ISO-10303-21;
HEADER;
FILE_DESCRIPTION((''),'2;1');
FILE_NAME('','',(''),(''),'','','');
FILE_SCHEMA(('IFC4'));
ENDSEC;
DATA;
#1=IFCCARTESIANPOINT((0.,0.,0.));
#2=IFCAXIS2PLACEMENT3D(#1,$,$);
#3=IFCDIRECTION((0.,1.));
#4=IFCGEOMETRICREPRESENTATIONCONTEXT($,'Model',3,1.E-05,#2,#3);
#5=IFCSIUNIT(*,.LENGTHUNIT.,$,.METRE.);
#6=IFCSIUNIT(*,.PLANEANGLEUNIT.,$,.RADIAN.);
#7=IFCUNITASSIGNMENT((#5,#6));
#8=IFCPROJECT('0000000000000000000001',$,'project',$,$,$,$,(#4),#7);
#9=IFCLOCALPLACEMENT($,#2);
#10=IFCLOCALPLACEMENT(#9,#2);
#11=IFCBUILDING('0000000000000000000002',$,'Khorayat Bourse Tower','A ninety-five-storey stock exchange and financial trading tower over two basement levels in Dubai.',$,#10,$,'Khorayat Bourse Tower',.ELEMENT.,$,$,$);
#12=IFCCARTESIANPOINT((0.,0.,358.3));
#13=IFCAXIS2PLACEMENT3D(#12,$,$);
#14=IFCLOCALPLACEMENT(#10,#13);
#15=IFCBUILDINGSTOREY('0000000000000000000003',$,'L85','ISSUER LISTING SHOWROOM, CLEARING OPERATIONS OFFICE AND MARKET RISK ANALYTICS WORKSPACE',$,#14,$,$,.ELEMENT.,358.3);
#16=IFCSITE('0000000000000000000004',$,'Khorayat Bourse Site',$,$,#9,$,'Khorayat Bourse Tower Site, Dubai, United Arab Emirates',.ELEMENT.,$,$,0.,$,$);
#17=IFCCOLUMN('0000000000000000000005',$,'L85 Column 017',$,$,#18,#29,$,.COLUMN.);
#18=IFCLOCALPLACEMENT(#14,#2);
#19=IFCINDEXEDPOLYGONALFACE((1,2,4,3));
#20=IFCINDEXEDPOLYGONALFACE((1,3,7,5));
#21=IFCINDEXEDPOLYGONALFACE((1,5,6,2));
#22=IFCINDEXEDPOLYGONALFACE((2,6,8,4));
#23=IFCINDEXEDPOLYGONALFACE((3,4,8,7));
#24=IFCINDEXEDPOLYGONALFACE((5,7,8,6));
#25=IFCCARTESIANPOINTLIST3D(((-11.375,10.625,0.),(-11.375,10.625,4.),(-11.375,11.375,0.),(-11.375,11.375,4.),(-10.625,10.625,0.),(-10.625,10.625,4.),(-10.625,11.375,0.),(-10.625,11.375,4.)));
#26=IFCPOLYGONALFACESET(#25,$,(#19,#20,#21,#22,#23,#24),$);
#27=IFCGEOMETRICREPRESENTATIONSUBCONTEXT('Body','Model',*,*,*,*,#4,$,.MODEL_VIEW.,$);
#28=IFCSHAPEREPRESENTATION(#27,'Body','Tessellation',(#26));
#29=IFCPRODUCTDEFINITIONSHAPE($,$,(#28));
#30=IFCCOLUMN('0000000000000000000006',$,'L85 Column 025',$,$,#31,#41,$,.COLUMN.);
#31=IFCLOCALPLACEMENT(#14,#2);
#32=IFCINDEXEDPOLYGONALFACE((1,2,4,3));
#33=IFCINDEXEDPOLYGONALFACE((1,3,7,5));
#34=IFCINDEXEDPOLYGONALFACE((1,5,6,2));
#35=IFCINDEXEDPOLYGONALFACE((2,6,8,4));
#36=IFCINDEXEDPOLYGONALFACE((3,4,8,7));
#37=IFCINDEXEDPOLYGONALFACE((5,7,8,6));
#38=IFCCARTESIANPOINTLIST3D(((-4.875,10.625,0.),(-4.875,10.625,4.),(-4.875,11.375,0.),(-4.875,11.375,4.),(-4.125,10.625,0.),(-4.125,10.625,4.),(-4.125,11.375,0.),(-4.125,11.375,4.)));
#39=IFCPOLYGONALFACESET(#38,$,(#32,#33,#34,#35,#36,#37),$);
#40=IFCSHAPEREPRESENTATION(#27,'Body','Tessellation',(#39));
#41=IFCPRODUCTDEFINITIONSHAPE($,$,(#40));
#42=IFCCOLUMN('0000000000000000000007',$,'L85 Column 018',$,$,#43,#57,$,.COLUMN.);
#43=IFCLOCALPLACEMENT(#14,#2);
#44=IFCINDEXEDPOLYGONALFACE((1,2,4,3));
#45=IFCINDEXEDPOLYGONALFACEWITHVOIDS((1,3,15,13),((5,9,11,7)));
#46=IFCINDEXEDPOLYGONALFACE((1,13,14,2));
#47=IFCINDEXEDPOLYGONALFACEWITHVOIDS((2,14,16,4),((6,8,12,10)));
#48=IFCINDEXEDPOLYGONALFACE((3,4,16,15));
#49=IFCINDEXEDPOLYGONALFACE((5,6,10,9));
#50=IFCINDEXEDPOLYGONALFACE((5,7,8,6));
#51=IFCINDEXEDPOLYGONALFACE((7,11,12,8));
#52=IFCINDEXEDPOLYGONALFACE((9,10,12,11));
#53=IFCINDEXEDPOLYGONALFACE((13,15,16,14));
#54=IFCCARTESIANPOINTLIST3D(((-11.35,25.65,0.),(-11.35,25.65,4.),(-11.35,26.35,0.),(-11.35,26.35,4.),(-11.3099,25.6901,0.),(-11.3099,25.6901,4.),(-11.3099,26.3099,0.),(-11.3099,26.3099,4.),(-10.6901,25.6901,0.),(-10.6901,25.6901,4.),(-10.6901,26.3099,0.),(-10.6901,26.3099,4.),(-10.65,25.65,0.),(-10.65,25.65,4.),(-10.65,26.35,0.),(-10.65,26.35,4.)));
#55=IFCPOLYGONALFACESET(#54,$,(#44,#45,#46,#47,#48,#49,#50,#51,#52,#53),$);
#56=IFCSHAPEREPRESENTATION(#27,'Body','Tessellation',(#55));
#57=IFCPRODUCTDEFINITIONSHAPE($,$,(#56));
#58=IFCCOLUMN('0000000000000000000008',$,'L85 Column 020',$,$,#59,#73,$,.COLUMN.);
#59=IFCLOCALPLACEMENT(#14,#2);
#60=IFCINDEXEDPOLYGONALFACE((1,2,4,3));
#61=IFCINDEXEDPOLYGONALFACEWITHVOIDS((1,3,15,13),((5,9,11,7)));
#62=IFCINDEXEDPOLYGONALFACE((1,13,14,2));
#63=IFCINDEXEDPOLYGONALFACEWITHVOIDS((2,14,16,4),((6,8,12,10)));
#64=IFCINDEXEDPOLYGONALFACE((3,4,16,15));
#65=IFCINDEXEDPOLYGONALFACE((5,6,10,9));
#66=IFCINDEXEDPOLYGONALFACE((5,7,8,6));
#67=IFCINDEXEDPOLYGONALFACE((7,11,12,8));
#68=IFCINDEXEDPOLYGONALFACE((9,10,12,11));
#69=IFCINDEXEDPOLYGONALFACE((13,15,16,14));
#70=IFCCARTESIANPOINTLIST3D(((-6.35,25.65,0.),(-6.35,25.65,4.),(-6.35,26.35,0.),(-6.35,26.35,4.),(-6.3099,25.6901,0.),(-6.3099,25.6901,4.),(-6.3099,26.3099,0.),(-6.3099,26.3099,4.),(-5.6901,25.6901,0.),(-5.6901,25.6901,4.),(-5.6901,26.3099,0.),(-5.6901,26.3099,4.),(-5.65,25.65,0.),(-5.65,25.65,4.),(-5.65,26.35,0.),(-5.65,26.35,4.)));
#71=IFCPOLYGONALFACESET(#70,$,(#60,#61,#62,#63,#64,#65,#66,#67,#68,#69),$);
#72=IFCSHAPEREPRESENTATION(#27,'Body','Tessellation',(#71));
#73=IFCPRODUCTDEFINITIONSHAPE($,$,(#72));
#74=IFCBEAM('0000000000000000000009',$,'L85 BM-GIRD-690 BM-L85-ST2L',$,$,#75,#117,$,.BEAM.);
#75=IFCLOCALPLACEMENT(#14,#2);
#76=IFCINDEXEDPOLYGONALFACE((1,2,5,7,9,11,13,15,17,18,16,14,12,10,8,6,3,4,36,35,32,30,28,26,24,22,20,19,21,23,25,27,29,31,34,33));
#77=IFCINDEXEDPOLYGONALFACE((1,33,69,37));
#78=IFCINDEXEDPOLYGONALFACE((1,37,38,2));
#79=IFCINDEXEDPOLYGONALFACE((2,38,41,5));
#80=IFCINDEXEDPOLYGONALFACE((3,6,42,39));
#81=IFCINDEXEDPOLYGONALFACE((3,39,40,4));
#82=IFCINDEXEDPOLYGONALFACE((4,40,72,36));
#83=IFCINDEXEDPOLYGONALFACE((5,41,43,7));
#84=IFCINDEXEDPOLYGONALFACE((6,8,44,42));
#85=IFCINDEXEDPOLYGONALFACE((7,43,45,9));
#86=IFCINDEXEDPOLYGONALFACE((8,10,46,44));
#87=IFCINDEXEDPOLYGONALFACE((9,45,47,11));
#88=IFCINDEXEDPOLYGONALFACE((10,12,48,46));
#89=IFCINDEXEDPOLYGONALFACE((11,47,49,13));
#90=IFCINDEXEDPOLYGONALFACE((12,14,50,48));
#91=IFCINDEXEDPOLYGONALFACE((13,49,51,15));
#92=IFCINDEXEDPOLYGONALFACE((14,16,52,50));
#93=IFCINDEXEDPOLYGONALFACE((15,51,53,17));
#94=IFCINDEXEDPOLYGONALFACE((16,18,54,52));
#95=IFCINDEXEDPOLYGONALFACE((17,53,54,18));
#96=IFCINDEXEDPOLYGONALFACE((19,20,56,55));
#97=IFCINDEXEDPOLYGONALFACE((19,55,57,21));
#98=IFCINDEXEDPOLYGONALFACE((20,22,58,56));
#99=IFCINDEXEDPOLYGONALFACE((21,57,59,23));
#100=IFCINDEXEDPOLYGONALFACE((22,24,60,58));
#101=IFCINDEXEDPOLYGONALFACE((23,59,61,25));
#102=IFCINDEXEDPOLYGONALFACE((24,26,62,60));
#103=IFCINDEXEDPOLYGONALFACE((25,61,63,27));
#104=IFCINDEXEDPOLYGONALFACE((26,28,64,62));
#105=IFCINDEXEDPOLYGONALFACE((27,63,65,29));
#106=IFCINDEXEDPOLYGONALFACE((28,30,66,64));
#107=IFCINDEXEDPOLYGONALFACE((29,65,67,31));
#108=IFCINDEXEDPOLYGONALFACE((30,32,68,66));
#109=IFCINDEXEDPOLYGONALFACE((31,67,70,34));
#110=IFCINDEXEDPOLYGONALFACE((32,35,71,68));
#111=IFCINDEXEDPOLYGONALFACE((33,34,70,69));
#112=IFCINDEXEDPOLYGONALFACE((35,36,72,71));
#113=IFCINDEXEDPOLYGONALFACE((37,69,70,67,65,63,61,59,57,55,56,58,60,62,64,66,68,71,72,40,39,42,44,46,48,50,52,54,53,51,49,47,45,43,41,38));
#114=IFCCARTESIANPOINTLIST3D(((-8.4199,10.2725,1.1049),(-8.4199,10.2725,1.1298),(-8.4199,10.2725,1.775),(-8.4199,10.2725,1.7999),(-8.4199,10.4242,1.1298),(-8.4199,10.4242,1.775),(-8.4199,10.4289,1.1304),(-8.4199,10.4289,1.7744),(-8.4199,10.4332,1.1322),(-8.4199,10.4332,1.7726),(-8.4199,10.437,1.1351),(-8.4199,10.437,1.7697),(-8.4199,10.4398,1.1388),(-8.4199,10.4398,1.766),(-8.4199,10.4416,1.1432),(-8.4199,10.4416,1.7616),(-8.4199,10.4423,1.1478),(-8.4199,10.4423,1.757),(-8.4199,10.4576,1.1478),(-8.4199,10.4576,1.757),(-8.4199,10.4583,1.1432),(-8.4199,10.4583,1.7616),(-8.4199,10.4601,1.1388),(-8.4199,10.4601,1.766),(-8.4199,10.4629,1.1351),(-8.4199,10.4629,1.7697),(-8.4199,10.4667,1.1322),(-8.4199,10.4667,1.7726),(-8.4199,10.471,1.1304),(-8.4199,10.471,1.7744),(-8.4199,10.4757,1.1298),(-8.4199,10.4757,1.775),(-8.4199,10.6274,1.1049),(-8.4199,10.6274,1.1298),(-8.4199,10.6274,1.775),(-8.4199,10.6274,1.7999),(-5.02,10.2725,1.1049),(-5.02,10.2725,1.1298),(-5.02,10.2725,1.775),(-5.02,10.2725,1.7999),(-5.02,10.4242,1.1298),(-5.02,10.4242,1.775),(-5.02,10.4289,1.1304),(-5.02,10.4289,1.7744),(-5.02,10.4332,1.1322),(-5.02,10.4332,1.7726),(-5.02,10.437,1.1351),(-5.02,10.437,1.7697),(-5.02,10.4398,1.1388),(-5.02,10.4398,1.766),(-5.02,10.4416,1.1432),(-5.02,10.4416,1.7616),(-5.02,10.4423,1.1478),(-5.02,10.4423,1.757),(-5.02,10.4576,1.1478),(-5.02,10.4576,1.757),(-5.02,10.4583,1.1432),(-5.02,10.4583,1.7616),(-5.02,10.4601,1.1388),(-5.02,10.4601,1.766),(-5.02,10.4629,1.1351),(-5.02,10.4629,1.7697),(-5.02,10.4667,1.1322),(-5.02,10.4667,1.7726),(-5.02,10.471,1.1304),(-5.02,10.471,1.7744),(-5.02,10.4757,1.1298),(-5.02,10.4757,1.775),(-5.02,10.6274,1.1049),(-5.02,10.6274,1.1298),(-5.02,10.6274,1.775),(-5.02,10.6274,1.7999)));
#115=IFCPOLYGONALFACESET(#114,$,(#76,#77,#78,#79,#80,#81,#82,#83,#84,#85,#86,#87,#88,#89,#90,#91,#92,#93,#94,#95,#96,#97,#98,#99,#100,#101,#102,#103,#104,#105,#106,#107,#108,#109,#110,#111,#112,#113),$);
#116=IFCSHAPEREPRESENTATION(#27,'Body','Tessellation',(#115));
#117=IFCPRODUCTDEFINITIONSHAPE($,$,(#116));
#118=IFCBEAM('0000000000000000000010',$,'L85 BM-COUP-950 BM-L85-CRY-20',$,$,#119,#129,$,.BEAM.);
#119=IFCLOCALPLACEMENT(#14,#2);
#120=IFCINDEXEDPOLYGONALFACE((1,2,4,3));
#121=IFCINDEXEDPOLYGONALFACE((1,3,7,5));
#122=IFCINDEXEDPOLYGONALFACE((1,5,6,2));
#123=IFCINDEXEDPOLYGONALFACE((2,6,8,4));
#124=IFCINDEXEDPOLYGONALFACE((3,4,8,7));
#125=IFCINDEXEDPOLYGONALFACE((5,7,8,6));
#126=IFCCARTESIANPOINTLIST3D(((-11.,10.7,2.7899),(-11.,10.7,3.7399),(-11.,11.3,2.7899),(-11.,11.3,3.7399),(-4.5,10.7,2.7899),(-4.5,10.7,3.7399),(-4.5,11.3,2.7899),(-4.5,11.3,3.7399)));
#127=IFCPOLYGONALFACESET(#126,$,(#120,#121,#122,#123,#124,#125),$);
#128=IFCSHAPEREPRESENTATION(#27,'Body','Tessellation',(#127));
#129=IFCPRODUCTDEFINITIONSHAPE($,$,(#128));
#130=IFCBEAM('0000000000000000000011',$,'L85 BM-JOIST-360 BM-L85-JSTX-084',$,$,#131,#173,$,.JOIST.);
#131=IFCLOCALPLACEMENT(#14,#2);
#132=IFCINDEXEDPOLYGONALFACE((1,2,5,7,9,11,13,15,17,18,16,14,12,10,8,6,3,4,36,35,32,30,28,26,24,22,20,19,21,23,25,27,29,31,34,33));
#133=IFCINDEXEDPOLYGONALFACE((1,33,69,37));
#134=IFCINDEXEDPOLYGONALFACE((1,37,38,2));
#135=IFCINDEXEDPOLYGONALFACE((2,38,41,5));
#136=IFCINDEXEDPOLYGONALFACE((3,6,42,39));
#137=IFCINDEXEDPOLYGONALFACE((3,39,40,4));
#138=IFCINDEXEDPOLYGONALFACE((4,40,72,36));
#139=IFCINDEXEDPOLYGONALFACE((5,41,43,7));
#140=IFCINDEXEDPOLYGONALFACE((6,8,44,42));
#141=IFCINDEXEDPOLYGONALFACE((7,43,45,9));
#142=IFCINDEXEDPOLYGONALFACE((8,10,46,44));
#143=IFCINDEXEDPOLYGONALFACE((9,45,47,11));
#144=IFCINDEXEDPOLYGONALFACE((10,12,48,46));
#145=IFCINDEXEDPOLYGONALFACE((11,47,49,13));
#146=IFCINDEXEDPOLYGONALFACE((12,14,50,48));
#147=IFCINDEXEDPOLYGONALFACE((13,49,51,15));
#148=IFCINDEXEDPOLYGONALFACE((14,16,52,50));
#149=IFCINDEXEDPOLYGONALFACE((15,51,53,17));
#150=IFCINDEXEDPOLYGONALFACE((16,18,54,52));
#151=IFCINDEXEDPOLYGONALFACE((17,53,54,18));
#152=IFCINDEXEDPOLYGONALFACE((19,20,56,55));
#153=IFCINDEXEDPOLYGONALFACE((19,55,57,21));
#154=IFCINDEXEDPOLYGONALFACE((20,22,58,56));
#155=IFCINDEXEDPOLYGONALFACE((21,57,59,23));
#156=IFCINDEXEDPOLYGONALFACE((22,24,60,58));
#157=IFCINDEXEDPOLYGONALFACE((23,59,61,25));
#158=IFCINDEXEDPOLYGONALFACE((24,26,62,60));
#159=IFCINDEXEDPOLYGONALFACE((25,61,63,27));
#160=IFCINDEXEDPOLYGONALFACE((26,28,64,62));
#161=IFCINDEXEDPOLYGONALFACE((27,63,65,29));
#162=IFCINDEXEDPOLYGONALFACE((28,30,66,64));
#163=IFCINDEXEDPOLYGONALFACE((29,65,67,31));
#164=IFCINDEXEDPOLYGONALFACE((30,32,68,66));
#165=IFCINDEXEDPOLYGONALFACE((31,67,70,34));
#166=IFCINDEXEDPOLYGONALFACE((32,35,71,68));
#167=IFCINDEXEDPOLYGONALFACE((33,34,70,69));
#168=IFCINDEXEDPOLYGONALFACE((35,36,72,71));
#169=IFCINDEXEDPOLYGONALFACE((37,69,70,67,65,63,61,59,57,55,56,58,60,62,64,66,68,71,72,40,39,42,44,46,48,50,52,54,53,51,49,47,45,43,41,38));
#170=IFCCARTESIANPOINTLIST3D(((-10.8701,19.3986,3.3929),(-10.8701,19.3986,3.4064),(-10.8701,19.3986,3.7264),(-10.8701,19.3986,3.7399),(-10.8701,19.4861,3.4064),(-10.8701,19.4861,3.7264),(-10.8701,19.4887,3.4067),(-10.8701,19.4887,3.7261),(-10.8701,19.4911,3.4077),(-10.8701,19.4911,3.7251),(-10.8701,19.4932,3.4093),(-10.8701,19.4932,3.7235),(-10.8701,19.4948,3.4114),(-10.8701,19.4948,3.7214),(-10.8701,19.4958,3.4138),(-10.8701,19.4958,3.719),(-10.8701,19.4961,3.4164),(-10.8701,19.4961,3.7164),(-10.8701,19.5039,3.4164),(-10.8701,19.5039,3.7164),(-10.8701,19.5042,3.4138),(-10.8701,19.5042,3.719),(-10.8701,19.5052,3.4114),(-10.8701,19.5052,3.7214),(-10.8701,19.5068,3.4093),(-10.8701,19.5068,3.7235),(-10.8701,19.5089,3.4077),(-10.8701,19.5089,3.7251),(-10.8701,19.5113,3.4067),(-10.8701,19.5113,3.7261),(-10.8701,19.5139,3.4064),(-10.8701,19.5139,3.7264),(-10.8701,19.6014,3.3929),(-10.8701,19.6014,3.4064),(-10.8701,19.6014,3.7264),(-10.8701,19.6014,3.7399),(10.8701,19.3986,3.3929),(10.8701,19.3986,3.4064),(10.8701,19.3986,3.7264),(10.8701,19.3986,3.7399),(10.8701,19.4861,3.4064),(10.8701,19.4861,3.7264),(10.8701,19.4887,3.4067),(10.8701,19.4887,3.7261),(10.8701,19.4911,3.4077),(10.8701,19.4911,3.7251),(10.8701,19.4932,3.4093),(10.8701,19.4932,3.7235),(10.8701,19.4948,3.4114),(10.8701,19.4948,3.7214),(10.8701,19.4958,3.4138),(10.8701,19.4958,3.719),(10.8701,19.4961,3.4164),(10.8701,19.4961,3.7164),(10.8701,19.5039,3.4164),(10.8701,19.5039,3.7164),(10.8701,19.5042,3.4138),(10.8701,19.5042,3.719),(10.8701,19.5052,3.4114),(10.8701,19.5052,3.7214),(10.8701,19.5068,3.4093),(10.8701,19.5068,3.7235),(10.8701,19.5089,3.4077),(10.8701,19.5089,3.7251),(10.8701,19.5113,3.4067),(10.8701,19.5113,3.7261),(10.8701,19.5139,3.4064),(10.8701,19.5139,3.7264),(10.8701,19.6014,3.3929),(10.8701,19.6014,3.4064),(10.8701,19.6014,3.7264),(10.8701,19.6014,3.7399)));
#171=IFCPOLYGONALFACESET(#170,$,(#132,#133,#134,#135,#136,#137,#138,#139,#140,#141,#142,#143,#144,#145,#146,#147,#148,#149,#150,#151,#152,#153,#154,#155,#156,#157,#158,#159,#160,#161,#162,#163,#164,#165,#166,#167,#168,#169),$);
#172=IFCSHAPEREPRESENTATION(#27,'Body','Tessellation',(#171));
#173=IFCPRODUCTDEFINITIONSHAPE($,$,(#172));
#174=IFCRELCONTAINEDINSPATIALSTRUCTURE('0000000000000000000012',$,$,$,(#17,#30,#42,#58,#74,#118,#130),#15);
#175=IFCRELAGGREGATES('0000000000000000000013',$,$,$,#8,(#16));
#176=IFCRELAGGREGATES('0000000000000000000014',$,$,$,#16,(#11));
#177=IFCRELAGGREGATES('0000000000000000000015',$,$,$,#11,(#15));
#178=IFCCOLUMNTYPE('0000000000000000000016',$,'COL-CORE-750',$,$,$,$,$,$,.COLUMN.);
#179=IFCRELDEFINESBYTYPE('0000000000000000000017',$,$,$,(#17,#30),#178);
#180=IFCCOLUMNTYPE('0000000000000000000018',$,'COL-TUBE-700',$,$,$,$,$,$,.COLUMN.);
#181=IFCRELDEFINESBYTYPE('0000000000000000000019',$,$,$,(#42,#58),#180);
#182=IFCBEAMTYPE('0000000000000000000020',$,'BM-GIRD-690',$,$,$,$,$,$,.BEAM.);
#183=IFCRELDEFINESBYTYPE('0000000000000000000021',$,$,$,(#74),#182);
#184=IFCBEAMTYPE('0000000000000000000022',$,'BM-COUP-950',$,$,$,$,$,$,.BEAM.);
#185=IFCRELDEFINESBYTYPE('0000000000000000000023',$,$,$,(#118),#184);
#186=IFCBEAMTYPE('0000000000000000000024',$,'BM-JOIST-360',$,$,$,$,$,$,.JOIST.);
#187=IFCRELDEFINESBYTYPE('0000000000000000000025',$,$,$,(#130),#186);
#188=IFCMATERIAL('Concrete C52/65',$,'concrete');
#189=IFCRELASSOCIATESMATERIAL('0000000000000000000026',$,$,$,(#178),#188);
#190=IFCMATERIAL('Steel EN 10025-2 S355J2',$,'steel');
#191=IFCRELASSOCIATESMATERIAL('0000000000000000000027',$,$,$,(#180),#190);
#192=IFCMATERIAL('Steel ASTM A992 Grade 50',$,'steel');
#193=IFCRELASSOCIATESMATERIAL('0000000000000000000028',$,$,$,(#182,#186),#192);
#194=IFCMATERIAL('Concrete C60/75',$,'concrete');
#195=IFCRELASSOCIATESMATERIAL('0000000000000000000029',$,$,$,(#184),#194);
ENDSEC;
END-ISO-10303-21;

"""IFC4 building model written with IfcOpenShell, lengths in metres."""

from ifc_helpers import new_model, si_unit, direction, frame, origin, origin_2d, place, context, subcontext, project, spatial, rectangle, hollow_rectangle, i_section, extrude, source, transform, mapped, material, material_profile, profile_set, type_object, element, save


model = new_model("IFC4")

# Units and contexts
model_context = context("Model", 3, precision=1e-05, world=origin(), true_north=direction((0.0, 1.0)))
body_context = subcontext(model_context, "Body", "Model", "MODEL_VIEW")
ifc_project = project(units=[si_unit("LENGTHUNIT", "METRE"), si_unit("PLANEANGLEUNIT", "RADIAN")], contexts=[model_context])

# Site, building, storey
site_placement = place(None, origin())
site = spatial("IfcSite", under=ifc_project, at=site_placement, Name="Khorayat Bourse Site", LongName="Khorayat Bourse Tower Site, Dubai, United Arab Emirates", CompositionType="ELEMENT", RefElevation=0.0)
building_placement = place(site_placement, origin())
building = spatial("IfcBuilding", under=site, at=building_placement, Name="Khorayat Bourse Tower", Description="A ninety-five-storey stock exchange and financial trading tower over two basement levels in Dubai.", LongName="Khorayat Bourse Tower", CompositionType="ELEMENT")
storey_placement = place(building_placement, frame((0.0, 0.0, 358.3)))
storey = spatial("IfcBuildingStorey", under=building, at=storey_placement, Name="L85", Description="ISSUER LISTING SHOWROOM, CLEARING OPERATIONS OFFICE AND MARKET RISK ANALYTICS WORKSPACE", CompositionType="ELEMENT", Elevation=358.3)

# Columns
ifc_material_1 = material(Name="Concrete C52/65", Category="concrete")
ifc_material_profile_1 = material_profile(ifc_material_1, rectangle(XDim=0.75, YDim=0.75, at=origin_2d()), Name="RC 750x750")
ifc_profile_set_1 = profile_set([ifc_material_profile_1], Name="Concrete C52/65")
column_type_1 = type_object("IfcColumnType", Name="COL-CORE-750", PredefinedType="COLUMN", material=ifc_profile_set_1)
shared_shape_1 = source(origin(), body_context, "Body", "SweptSolid", [
    extrude(rectangle(XDim=0.75, YDim=0.75, at=origin_2d()), origin(), (0.0, 0.0, 1.0), 4.0),
])
for number, where, z_axis, x_axis, name in (
    (1, (-11.0, 11.0, 0.0), (0.0, 0.0, 1.0), (1.0, 0.0, 0.0), "L85 Column 017"),
    (2, (-4.5, 11.0, 0.0), (0.0, 0.0, 1.0), (1.0, 0.0, 0.0), "L85 Column 025"),
):
    element("IfcColumn", number, at=place(storey_placement, frame(where, z_axis=z_axis, x_axis=x_axis)), inside=storey, type_object=column_type_1, Name=name, PredefinedType="COLUMN", context=body_context, shape_type="MappedRepresentation", body=[
        mapped(shared_shape_1, transform((0.0, 0.0, 0.0), scale=1.0)),
    ])
ifc_material_2 = material(Name="Steel EN 10025-2 S355J2", Category="steel")
ifc_material_profile_2 = material_profile(ifc_material_2, hollow_rectangle(XDim=0.7, YDim=0.7, WallThickness=0.04, at=origin_2d()), Name="BOX 700x700x40")
ifc_profile_set_2 = profile_set([ifc_material_profile_2], Name="Steel EN 10025-2 S355J2")
column_type_2 = type_object("IfcColumnType", Name="COL-TUBE-700", PredefinedType="COLUMN", material=ifc_profile_set_2)
shared_shape_2 = source(origin(), body_context, "Body", "SweptSolid", [
    extrude(hollow_rectangle(XDim=0.7, YDim=0.7, WallThickness=0.04, at=origin_2d()), origin(), (0.0, 0.0, 1.0), 4.0),
])
for number, where, z_axis, x_axis, name in (
    (3, (-11.0, 26.0, 0.0), (0.0, 0.0, 1.0), (1.0, 0.0, 0.0), "L85 Column 018"),
    (4, (-6.0, 26.0, 0.0), (0.0, 0.0, 1.0), (1.0, 0.0, 0.0), "L85 Column 020"),
):
    element("IfcColumn", number, at=place(storey_placement, frame(where, z_axis=z_axis, x_axis=x_axis)), inside=storey, type_object=column_type_2, Name=name, PredefinedType="COLUMN", context=body_context, shape_type="MappedRepresentation", body=[
        mapped(shared_shape_2, transform((0.0, 0.0, 0.0), scale=1.0)),
    ])

# Beams
ifc_material_3 = material(Name="Steel ASTM A992 Grade 50", Category="steel")
ifc_material_profile_3 = material_profile(ifc_material_3, i_section(OverallWidth=0.355, OverallDepth=0.6951, WebThickness=0.0154, FlangeThickness=0.0249, FilletRadius=0.0181, at=origin_2d()), Name="W690X217")
ifc_profile_set_3 = profile_set([ifc_material_profile_3], Name="Steel ASTM A992 Grade 50")
beam_type_1 = type_object("IfcBeamType", Name="BM-GIRD-690", PredefinedType="BEAM", material=ifc_profile_set_3)
shared_shape_3 = source(origin(), body_context, "Body", "SweptSolid", [
    extrude(i_section(OverallWidth=0.355, OverallDepth=0.6951, WebThickness=0.0154, FlangeThickness=0.0249, FilletRadius=0.0181, at=origin_2d()), origin(), (0.0, 0.0, 1.0), 3.3999),
])
beam_1_placement = place(storey_placement, frame((-8.4199, 10.45, 1.4524), z_axis=(1.0, 0.0, 0.0), x_axis=(0.0, 1.0, 0.0)))
element("IfcBeam", 5, at=beam_1_placement, inside=storey, type_object=beam_type_1, Name="L85 BM-GIRD-690 BM-L85-ST2L", PredefinedType="BEAM", context=body_context, shape_type="MappedRepresentation", body=[
    mapped(shared_shape_3, transform((0.0, 0.0, 0.0), scale=1.0)),
])
ifc_material_4 = material(Name="Concrete C60/75", Category="concrete")
ifc_material_profile_4 = material_profile(ifc_material_4, rectangle(XDim=0.6001, YDim=0.95, at=origin_2d()), Name="RC 600x950")
ifc_profile_set_4 = profile_set([ifc_material_profile_4], Name="Concrete C60/75")
beam_type_2 = type_object("IfcBeamType", Name="BM-COUP-950", PredefinedType="BEAM", material=ifc_profile_set_4)
shared_shape_4 = source(origin(), body_context, "Body", "SweptSolid", [
    extrude(rectangle(XDim=0.6001, YDim=0.95, at=origin_2d()), origin(), (0.0, 0.0, 1.0), 6.5),
])
beam_2_placement = place(storey_placement, frame((-11.0, 11.0, 3.2649), z_axis=(1.0, 0.0, 0.0), x_axis=(0.0, 1.0, 0.0)))
element("IfcBeam", 6, at=beam_2_placement, inside=storey, type_object=beam_type_2, Name="L85 BM-COUP-950 BM-L85-CRY-20", PredefinedType="BEAM", context=body_context, shape_type="MappedRepresentation", body=[
    mapped(shared_shape_4, transform((0.0, 0.0, 0.0), scale=1.0)),
])
ifc_material_profile_5 = material_profile(ifc_material_3, i_section(OverallWidth=0.2029, OverallDepth=0.3469, WebThickness=0.0078, FlangeThickness=0.0134, FilletRadius=0.01, at=origin_2d()), Name="W360X64")
ifc_profile_set_5 = profile_set([ifc_material_profile_5], Name="Steel ASTM A992 Grade 50")
beam_type_3 = type_object("IfcBeamType", Name="BM-JOIST-360", PredefinedType="JOIST", material=ifc_profile_set_5)
shared_shape_5 = source(origin(), body_context, "Body", "SweptSolid", [
    extrude(i_section(OverallWidth=0.2029, OverallDepth=0.3469, WebThickness=0.0078, FlangeThickness=0.0134, FilletRadius=0.01, at=origin_2d()), origin(), (0.0, 0.0, 1.0), 21.7402),
])
beam_3_placement = place(storey_placement, frame((-10.8701, 19.5, 3.5664), z_axis=(1.0, 0.0, 0.0), x_axis=(0.0, 1.0, 0.0)))
element("IfcBeam", 7, at=beam_3_placement, inside=storey, type_object=beam_type_3, Name="L85 BM-JOIST-360 BM-L85-JSTX-084", PredefinedType="JOIST", context=body_context, shape_type="MappedRepresentation", body=[
    mapped(shared_shape_5, transform((0.0, 0.0, 0.0), scale=1.0)),
])

save(model, "model.ifc")
